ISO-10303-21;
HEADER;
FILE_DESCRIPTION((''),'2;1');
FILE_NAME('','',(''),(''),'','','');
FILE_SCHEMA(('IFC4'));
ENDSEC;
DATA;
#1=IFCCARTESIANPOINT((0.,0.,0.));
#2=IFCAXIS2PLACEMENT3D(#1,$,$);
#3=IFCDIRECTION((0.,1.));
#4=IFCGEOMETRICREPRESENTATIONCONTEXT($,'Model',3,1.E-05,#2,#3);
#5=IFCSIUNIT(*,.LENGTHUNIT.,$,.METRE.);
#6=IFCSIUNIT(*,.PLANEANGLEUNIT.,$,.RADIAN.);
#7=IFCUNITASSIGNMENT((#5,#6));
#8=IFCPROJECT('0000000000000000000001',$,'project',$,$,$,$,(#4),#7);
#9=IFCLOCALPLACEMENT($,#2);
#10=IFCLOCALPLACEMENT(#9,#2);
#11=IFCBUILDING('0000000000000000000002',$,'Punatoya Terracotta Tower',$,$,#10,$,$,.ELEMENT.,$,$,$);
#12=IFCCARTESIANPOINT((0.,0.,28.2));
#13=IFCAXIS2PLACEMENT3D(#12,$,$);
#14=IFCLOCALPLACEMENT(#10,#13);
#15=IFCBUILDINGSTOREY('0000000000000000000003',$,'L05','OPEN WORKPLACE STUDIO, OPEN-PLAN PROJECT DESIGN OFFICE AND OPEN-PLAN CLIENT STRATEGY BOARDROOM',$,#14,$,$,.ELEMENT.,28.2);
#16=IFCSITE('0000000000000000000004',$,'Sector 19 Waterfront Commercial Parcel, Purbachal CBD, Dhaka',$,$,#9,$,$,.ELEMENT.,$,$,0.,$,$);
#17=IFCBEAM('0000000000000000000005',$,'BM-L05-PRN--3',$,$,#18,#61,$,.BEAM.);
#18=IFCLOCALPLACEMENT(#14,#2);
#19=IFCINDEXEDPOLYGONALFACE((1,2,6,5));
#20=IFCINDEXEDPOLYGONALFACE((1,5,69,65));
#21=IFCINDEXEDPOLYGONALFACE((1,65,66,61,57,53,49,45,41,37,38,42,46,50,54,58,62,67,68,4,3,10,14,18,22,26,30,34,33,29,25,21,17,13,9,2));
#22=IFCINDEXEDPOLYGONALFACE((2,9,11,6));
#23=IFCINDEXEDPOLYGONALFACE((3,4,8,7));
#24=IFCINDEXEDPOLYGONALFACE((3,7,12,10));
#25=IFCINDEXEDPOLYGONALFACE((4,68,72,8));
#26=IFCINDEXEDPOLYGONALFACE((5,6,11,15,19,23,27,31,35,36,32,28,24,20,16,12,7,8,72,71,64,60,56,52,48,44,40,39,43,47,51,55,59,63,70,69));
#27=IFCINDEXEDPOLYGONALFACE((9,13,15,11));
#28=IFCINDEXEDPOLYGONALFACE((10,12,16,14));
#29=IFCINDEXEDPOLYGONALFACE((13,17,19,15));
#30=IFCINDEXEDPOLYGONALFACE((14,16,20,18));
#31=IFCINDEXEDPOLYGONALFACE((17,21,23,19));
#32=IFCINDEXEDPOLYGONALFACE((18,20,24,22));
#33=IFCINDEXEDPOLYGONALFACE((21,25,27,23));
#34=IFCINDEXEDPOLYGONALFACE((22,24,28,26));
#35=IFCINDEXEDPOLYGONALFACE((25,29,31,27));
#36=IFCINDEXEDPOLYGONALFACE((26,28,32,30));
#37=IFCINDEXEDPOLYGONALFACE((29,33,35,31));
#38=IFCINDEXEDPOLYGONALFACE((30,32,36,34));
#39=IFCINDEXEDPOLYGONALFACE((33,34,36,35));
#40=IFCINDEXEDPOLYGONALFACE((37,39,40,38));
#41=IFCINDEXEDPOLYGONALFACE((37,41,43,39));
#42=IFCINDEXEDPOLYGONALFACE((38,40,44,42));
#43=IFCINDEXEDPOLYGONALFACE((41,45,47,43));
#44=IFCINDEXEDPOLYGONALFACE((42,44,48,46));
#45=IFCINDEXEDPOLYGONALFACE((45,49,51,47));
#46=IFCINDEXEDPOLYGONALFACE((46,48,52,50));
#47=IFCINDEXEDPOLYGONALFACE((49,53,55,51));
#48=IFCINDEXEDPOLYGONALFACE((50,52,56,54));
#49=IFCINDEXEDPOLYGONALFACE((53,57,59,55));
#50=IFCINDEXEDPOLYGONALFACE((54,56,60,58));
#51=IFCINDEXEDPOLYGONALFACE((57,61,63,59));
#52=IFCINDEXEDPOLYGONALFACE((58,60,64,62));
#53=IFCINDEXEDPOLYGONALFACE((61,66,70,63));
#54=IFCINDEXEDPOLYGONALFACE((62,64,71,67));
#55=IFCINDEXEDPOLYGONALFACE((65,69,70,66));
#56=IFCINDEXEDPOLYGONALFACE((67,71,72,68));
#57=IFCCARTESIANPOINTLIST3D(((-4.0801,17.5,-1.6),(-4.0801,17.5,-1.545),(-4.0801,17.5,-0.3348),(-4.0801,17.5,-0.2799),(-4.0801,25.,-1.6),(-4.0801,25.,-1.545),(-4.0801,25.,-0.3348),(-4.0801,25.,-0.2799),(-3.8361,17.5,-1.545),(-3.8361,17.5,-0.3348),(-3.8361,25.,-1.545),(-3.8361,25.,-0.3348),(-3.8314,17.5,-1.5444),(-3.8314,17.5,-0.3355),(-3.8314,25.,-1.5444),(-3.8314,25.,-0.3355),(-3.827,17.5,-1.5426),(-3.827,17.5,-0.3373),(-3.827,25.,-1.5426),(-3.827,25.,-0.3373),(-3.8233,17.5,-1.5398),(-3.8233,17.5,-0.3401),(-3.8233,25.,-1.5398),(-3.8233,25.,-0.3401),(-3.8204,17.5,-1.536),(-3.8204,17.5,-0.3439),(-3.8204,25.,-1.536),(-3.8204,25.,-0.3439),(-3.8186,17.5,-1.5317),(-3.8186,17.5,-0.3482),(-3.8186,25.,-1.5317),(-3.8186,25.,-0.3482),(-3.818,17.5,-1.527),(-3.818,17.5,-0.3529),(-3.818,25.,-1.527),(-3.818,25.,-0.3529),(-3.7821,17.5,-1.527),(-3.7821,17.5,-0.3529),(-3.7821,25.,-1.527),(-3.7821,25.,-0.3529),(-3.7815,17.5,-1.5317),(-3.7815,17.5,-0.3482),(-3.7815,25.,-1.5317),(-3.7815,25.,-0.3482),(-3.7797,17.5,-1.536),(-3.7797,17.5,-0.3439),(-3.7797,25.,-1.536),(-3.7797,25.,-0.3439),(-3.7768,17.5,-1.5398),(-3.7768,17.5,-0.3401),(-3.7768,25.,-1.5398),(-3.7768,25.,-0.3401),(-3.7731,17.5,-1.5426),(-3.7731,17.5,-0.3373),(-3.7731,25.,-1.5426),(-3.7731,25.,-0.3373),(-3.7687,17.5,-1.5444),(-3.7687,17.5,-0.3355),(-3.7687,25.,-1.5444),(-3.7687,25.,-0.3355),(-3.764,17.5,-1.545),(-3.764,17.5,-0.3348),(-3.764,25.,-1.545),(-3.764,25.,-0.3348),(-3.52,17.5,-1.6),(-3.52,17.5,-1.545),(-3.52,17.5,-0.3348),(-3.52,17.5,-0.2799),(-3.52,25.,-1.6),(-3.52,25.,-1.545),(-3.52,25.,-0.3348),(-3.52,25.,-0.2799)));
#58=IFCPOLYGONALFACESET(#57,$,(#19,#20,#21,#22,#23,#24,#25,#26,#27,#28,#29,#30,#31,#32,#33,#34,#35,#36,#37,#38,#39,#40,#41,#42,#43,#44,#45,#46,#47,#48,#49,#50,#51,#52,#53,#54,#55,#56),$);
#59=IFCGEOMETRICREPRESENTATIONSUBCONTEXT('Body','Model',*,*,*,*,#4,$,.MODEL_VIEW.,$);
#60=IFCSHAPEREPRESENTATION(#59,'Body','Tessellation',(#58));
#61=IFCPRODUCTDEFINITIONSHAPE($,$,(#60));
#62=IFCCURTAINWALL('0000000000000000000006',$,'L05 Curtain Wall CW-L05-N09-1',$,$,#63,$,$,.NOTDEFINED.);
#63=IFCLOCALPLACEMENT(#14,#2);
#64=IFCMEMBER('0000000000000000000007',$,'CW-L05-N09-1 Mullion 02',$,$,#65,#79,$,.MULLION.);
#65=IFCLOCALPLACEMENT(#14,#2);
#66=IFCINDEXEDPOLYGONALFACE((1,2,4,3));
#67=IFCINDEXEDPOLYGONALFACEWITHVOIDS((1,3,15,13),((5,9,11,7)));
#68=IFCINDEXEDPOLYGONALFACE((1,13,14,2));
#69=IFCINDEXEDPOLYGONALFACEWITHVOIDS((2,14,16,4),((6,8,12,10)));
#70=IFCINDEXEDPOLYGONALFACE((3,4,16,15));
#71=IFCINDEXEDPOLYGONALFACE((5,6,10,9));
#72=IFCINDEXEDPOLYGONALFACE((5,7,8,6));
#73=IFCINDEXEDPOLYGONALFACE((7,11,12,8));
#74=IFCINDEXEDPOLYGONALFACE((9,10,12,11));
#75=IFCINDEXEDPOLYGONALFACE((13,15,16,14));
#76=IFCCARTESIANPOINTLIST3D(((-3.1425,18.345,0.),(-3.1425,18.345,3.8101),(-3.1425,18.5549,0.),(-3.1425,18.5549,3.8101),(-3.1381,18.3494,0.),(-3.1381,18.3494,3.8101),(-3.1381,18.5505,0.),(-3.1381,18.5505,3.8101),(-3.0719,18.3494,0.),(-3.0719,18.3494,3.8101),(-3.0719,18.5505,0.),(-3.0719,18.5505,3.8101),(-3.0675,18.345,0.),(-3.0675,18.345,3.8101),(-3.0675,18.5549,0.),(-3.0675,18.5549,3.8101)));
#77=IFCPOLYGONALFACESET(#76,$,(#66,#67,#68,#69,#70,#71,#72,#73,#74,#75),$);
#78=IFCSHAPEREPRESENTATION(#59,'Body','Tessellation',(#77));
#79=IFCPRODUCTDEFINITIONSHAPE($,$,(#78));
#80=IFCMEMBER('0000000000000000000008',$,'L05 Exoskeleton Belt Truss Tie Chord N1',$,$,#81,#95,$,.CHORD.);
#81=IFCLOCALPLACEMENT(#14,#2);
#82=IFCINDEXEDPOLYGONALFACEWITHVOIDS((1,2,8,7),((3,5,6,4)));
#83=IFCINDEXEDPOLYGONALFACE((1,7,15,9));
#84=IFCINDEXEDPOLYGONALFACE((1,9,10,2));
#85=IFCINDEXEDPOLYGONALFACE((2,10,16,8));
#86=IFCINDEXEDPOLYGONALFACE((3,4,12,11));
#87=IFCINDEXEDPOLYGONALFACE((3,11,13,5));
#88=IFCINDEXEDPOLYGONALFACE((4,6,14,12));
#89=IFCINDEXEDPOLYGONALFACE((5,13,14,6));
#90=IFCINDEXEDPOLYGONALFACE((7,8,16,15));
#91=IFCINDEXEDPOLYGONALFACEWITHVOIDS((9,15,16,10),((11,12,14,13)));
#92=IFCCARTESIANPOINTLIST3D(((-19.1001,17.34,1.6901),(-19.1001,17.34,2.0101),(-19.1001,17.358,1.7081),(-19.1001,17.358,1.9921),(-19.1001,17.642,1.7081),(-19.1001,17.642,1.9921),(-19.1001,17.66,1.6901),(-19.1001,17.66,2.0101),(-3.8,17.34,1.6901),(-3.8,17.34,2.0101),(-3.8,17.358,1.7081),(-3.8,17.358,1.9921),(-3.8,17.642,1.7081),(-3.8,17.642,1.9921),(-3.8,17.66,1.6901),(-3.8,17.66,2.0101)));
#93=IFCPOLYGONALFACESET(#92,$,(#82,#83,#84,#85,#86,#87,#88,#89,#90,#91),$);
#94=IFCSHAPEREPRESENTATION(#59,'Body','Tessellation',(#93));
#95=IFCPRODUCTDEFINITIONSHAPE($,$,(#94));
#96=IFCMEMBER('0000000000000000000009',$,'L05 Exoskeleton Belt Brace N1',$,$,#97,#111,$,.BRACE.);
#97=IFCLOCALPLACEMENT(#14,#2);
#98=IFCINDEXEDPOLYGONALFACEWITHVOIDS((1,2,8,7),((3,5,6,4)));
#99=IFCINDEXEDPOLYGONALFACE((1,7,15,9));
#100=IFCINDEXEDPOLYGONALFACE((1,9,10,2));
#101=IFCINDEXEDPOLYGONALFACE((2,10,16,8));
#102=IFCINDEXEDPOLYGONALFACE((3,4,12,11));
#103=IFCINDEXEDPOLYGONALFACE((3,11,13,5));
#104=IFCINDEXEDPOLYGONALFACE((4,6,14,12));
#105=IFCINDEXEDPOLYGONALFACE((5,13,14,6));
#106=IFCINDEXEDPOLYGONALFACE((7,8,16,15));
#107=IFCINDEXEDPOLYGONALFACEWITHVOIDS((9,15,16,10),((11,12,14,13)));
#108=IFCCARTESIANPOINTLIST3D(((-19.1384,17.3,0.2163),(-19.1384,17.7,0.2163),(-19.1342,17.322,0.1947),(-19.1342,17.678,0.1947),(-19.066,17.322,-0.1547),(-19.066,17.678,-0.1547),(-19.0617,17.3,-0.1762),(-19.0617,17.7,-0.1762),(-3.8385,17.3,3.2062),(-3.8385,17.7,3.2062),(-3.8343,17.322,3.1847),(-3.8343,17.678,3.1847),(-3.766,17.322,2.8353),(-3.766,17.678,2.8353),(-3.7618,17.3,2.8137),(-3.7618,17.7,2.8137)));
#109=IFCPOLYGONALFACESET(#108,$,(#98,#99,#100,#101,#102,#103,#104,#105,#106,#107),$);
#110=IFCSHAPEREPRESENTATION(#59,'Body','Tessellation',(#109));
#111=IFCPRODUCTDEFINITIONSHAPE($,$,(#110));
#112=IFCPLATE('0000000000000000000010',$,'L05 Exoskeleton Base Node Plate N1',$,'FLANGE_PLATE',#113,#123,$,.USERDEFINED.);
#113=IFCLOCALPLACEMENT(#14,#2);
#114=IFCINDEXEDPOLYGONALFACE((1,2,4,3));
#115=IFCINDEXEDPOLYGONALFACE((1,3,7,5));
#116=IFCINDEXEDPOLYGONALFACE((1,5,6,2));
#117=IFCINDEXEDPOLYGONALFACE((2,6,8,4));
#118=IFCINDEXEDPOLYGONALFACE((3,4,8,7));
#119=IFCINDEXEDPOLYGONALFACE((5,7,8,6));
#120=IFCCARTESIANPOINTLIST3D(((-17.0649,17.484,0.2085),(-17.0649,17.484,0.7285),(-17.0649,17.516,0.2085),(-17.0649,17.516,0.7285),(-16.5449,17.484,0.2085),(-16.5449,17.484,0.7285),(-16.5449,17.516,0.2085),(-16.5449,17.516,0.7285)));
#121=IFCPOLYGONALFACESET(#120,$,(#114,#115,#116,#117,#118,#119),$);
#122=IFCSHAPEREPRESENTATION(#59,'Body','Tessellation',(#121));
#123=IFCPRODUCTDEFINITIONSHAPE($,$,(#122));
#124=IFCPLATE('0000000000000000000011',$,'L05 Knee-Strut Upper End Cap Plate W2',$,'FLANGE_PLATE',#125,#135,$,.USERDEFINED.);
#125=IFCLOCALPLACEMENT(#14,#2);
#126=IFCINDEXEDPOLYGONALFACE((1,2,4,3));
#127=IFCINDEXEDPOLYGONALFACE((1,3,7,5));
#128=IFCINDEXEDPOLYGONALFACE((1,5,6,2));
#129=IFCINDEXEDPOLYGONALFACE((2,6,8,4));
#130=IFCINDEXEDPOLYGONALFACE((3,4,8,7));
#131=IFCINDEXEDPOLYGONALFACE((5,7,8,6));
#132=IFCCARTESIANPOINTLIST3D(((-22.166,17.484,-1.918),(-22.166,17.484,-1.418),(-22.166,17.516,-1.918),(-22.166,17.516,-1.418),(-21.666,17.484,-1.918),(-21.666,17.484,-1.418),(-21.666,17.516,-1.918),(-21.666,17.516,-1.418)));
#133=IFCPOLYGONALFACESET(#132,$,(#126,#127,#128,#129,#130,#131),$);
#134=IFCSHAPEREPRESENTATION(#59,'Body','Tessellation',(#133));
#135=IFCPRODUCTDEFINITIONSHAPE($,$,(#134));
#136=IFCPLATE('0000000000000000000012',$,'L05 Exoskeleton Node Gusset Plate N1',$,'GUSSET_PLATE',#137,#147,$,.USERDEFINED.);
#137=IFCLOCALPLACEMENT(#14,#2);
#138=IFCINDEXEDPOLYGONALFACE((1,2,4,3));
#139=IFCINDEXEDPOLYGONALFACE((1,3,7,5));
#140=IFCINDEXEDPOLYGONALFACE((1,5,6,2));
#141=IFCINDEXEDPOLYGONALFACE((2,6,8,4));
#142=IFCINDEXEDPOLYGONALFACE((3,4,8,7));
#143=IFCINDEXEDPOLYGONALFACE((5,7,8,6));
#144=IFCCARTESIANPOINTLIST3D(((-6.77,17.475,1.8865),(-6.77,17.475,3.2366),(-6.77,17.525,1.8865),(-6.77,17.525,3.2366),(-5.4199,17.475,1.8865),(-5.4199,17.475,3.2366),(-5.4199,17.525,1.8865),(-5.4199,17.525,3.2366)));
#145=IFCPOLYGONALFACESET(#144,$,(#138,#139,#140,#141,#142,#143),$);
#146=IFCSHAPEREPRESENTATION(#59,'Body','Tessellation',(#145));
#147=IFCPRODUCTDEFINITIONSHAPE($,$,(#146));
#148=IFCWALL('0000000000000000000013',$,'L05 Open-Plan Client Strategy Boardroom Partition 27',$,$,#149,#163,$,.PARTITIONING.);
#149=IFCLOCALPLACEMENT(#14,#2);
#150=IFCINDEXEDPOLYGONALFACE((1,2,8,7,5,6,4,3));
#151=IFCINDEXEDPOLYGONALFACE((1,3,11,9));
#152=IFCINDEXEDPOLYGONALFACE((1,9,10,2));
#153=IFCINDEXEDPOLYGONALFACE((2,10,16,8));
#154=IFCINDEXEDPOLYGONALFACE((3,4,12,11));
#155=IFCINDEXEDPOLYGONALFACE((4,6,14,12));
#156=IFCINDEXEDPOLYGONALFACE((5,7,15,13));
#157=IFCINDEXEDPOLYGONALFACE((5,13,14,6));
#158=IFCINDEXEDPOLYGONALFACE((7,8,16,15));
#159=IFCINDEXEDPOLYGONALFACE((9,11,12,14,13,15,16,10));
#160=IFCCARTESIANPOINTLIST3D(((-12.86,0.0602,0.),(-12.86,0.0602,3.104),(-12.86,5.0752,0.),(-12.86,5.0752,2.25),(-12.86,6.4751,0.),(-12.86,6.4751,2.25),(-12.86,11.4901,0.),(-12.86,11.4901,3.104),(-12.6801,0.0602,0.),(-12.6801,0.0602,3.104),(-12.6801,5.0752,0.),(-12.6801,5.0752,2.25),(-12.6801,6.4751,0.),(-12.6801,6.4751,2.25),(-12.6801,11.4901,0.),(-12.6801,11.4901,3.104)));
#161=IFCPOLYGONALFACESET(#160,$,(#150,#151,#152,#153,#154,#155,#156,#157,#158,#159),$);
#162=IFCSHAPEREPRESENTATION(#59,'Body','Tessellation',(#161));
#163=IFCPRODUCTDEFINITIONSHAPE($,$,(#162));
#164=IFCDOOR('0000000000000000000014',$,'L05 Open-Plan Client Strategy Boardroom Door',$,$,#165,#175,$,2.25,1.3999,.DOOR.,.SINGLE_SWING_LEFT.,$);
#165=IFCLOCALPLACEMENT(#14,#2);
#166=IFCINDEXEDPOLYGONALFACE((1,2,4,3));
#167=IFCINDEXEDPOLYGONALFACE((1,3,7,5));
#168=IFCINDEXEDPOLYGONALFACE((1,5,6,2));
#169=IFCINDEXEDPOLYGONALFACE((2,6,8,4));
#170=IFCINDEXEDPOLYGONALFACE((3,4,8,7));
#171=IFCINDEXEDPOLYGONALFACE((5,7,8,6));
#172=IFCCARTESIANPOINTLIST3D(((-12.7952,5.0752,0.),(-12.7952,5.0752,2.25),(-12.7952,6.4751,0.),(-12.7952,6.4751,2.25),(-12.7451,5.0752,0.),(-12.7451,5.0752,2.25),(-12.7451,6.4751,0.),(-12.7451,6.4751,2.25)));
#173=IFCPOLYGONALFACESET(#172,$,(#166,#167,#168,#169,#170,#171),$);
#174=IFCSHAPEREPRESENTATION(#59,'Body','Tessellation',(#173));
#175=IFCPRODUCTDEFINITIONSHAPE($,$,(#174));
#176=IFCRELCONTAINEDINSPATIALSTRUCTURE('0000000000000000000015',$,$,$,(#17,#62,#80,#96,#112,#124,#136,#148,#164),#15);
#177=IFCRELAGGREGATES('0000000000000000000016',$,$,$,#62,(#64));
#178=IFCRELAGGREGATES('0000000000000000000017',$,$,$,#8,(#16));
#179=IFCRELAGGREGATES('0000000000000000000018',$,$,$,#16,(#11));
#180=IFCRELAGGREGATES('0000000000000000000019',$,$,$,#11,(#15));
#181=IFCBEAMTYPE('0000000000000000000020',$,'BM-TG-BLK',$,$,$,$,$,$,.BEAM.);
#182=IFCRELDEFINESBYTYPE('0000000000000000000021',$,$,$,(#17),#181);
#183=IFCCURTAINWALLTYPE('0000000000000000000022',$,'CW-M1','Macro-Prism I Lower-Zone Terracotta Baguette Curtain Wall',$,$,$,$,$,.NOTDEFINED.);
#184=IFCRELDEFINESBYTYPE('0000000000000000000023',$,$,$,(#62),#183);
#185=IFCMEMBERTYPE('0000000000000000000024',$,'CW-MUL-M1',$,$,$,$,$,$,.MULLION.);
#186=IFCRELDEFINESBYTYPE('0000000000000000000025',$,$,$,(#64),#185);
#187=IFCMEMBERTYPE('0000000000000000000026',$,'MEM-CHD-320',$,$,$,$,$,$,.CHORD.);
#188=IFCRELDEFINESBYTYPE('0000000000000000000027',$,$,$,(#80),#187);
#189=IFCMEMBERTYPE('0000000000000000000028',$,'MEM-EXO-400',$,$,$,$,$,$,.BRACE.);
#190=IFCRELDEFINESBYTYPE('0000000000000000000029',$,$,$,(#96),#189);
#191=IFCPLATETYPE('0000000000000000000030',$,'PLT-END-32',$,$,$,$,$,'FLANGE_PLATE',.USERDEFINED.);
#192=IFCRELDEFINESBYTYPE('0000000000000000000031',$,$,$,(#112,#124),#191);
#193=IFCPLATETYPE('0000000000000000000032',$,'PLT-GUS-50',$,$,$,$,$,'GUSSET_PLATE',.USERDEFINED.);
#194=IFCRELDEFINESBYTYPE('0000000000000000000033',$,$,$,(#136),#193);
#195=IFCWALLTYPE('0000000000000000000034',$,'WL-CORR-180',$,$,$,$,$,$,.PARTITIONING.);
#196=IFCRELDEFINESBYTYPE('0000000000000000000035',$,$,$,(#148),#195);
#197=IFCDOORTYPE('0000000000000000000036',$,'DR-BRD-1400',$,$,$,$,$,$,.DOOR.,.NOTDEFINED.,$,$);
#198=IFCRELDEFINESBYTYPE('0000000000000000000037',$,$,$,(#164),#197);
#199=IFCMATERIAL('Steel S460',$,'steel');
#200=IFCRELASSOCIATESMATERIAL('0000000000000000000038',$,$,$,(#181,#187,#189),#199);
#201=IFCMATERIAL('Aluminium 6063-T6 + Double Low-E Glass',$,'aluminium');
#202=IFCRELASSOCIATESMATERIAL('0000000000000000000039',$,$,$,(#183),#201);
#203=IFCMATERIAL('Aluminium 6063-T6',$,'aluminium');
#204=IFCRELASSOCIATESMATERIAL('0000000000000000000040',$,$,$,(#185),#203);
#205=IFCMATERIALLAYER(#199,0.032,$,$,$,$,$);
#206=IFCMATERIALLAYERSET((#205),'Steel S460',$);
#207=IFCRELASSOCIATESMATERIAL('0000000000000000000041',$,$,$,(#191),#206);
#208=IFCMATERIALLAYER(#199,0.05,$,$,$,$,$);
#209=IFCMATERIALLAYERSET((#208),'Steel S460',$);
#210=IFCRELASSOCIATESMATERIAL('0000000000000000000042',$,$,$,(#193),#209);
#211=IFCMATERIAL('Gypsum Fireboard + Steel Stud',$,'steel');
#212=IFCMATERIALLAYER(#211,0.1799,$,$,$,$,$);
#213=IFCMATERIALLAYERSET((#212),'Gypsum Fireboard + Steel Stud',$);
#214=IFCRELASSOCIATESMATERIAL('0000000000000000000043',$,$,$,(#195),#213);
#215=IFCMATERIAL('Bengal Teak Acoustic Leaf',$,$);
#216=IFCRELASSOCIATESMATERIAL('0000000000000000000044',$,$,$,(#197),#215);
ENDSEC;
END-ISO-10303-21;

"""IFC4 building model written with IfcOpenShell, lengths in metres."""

from ifc_helpers import new_model, si_unit, direction, frame, frame_2d, origin, origin_2d, place, context, subcontext, project, spatial, rectangle, hollow_rectangle, i_section, extrude, material, layer, layer_set, material_profile, profile_set, type_object, element, fill, aggregate, save


model = new_model("IFC4")

# Units and contexts
model_context = context("Model", 3, precision=1e-05, world=origin(), true_north=direction((0.0, 1.0)))
body_context = subcontext(model_context, "Body", "Model", "MODEL_VIEW")
ifc_project = project(units=[si_unit("LENGTHUNIT", "METRE"), si_unit("PLANEANGLEUNIT", "RADIAN")], contexts=[model_context])

# Site, building, storey
site_placement = place(None, origin())
site = spatial("IfcSite", under=ifc_project, at=site_placement, Name="Sector 19 Waterfront Commercial Parcel, Purbachal CBD, Dhaka", CompositionType="ELEMENT", RefElevation=0.0)
building_placement = place(site_placement, origin())
building = spatial("IfcBuilding", under=site, at=building_placement, Name="Punatoya Terracotta Tower", CompositionType="ELEMENT")
storey_placement = place(building_placement, frame((0.0, 0.0, 28.2)))
storey = spatial("IfcBuildingStorey", under=building, at=storey_placement, Name="L05", Description="OPEN WORKPLACE STUDIO, OPEN-PLAN PROJECT DESIGN OFFICE AND OPEN-PLAN CLIENT STRATEGY BOARDROOM", CompositionType="ELEMENT", Elevation=28.2)

# Shared definitions
ifc_material_1 = material(Name="Steel S460", Category="steel")

# Beam
ifc_material_profile_1 = material_profile(ifc_material_1, i_section(OverallWidth=0.5601, OverallDepth=1.3201, WebThickness=0.0359, FlangeThickness=0.0549, FilletRadius=0.0181, at=origin_2d()))
ifc_profile_set_1 = profile_set([ifc_material_profile_1], Name="Steel S460")
beam_type_1 = type_object("IfcBeamType", Name="BM-TG-BLK", PredefinedType="BEAM", material=ifc_profile_set_1)
for number, where, z_axis, x_axis, name in (
    (1, (-3.8, 17.5, -0.9399), (0.0, 1.0, 0.0), (-1.0, 0.0, 0.0), "BM-L05-PRN--3"),
):
    element("IfcBeam", number, at=place(storey_placement, frame(where, z_axis=z_axis, x_axis=x_axis)), inside=storey, type_object=beam_type_1, Name=name, PredefinedType="BEAM", context=body_context, shape_type="SweptSolid", body=[
        extrude(i_section(OverallWidth=0.5601, OverallDepth=1.3201, WebThickness=0.0359, FlangeThickness=0.0549, FilletRadius=0.0181, at=origin_2d()), origin(), (0.0, 0.0, 1.0), 7.5),
    ])

# Curtain wall, member
ifc_material_2 = material(Name="Aluminium 6063-T6 + Double Low-E Glass", Category="aluminium")
curtain_wall_type = type_object("IfcCurtainWallType", Name="CW-M1", Description="Macro-Prism I Lower-Zone Terracotta Baguette Curtain Wall", PredefinedType="NOTDEFINED", material=ifc_material_2)
curtain_wall_placement = place(storey_placement, origin())
curtain_wall = element("IfcCurtainWall", 2, at=curtain_wall_placement, inside=storey, type_object=curtain_wall_type, Name="L05 Curtain Wall CW-L05-N09-1", PredefinedType="NOTDEFINED")
ifc_material_3 = material(Name="Aluminium 6063-T6", Category="aluminium")
ifc_material_profile_2 = material_profile(ifc_material_3, hollow_rectangle(XDim=0.075, YDim=0.21, WallThickness=0.0044, at=origin_2d()))
ifc_profile_set_2 = profile_set([ifc_material_profile_2], Name="Aluminium 6063-T6")
member_type_1 = type_object("IfcMemberType", Name="CW-MUL-M1", PredefinedType="MULLION", material=ifc_profile_set_2)
member_1_placement = place(storey_placement, frame((-3.105, 18.45, 0.0), z_axis=(0.0, 0.0, 1.0), x_axis=(1.0, 0.0, 0.0)))
member_1 = element("IfcMember", 3, at=member_1_placement, type_object=member_type_1, Name="CW-L05-N09-1 Mullion 02", PredefinedType="MULLION", context=body_context, shape_type="SweptSolid", body=[
    extrude(hollow_rectangle(XDim=0.075, YDim=0.21, WallThickness=0.0044, at=origin_2d()), origin(), (0.0, 0.0, 1.0), 3.8101),
])
aggregate(curtain_wall, [member_1])

# Members
ifc_material_profile_3 = material_profile(ifc_material_1, hollow_rectangle(XDim=0.3201, YDim=0.3201, WallThickness=0.0181, at=origin_2d()))
ifc_profile_set_3 = profile_set([ifc_material_profile_3], Name="Steel S460")
member_type_2 = type_object("IfcMemberType", Name="MEM-CHD-320", PredefinedType="CHORD", material=ifc_profile_set_3)
member_2_placement = place(storey_placement, frame((-19.1001, 17.5, 1.8501), z_axis=(1.0, 0.0, 0.0), x_axis=(0.0, 1.0, 0.0)))
element("IfcMember", 4, at=member_2_placement, inside=storey, type_object=member_type_2, Name="L05 Exoskeleton Belt Truss Tie Chord N1", PredefinedType="CHORD", context=body_context, shape_type="SweptSolid", body=[
    extrude(hollow_rectangle(XDim=0.3201, YDim=0.3201, WallThickness=0.0181, at=origin_2d()), origin(), (0.0, 0.0, 1.0), 15.3),
])
ifc_material_profile_4 = material_profile(ifc_material_1, hollow_rectangle(XDim=0.3999, YDim=0.3999, WallThickness=0.022, at=origin_2d()))
ifc_profile_set_4 = profile_set([ifc_material_profile_4], Name="Steel S460")
member_type_3 = type_object("IfcMemberType", Name="MEM-EXO-400", PredefinedType="BRACE", material=ifc_profile_set_4)
member_3_placement = place(storey_placement, frame((-19.1001, 17.5, 0.02), z_axis=(0.981435, 0.0, 0.191796), x_axis=(0.0, 1.0, 0.0)))
element("IfcMember", 5, at=member_3_placement, inside=storey, type_object=member_type_3, Name="L05 Exoskeleton Belt Brace N1", PredefinedType="BRACE", context=body_context, shape_type="SweptSolid", body=[
    extrude(hollow_rectangle(XDim=0.3999, YDim=0.3999, WallThickness=0.022, at=origin_2d()), origin(), (0.0, 0.0, 1.0), 15.5894),
])

# Plates
ifc_layer_1 = layer(ifc_material_1, 0.032)
ifc_layer_set_1 = layer_set([ifc_layer_1], Name="Steel S460")
plate_type_1 = type_object("IfcPlateType", Name="PLT-END-32", ElementType="FLANGE_PLATE", PredefinedType="USERDEFINED", material=ifc_layer_set_1)
plate_1_placement = place(storey_placement, frame((-16.8049, 17.5, 0.2085), z_axis=(0.0, 0.0, 1.0), x_axis=(1.0, 0.0, 0.0)))
element("IfcPlate", 6, at=plate_1_placement, inside=storey, type_object=plate_type_1, Name="L05 Exoskeleton Base Node Plate N1", ObjectType="FLANGE_PLATE", PredefinedType="USERDEFINED", context=body_context, shape_type="SweptSolid", body=[
    extrude(rectangle(XDim=0.52, YDim=0.032, at=origin_2d()), origin(), (0.0, 0.0, 1.0), 0.52),
])
plate_2_placement = place(storey_placement, frame((-21.916, 17.5, -1.918), z_axis=(0.0, 0.0, 1.0), x_axis=(1.0, 0.0, 0.0)))
element("IfcPlate", 7, at=plate_2_placement, inside=storey, type_object=plate_type_1, Name="L05 Knee-Strut Upper End Cap Plate W2", ObjectType="FLANGE_PLATE", PredefinedType="USERDEFINED", context=body_context, shape_type="SweptSolid", body=[
    extrude(rectangle(XDim=0.5, YDim=0.032, at=origin_2d()), origin(), (0.0, 0.0, 1.0), 0.5),
])
ifc_layer_2 = layer(ifc_material_1, 0.05)
ifc_layer_set_2 = layer_set([ifc_layer_2], Name="Steel S460")
plate_type_2 = type_object("IfcPlateType", Name="PLT-GUS-50", ElementType="GUSSET_PLATE", PredefinedType="USERDEFINED", material=ifc_layer_set_2)
plate_3_placement = place(storey_placement, frame((-6.095, 17.5, 1.8865), z_axis=(0.0, 0.0, 1.0), x_axis=(1.0, 0.0, 0.0)))
element("IfcPlate", 8, at=plate_3_placement, inside=storey, type_object=plate_type_2, Name="L05 Exoskeleton Node Gusset Plate N1", ObjectType="GUSSET_PLATE", PredefinedType="USERDEFINED", context=body_context, shape_type="SweptSolid", body=[
    extrude(rectangle(XDim=1.3501, YDim=0.05, at=origin_2d()), origin(), (0.0, 0.0, 1.0), 1.3501),
])

# Wall, opening, door
ifc_material_4 = material(Name="Gypsum Fireboard + Steel Stud", Category="steel")
ifc_layer_3 = layer(ifc_material_4, 0.1799)
ifc_layer_set_3 = layer_set([ifc_layer_3], Name="Gypsum Fireboard + Steel Stud")
wall_type_1 = type_object("IfcWallType", Name="WL-CORR-180", PredefinedType="PARTITIONING", material=ifc_layer_set_3)
wall_1_placement = place(storey_placement, frame((-12.77, 11.49, 0.0), z_axis=(0.0, 0.0, 1.0), x_axis=(0.0, -1.0, 0.0)))
wall_1 = element("IfcWall", 9, at=wall_1_placement, inside=storey, type_object=wall_type_1, Name="L05 Open-Plan Client Strategy Boardroom Partition 27", PredefinedType="PARTITIONING", context=body_context, shape_type="SweptSolid", body=[
    extrude(rectangle(XDim=11.4299, YDim=0.1799, at=frame_2d((5.7148, 0.0))), origin(), (0.0, 0.0, 1.0), 3.104),
])
opening_1_placement = place(wall_1_placement, frame((5.0149, 0.0, 0.0)))
opening_1 = element("IfcOpeningElement", 10, at=opening_1_placement, cuts=wall_1, PredefinedType="OPENING", context=body_context, shape_type="SweptSolid", body=[
    extrude(rectangle(XDim=1.3999, YDim=2.25, at=frame_2d((0.7, 1.125))), frame((0.0, 0.0999, 0.0), z_axis=(0.0, -1.0, 0.0), x_axis=(1.0, 0.0, 0.0)), (0.0, 0.0, 1.0), 0.2),
])
ifc_material_5 = material(Name="Bengal Teak Acoustic Leaf")
door_type_1 = type_object("IfcDoorType", Name="DR-BRD-1400", OperationType="NOTDEFINED", PredefinedType="DOOR", material=ifc_material_5)
door_1_placement = place(opening_1_placement, origin())
door_1 = element("IfcDoor", 11, at=door_1_placement, inside=storey, type_object=door_type_1, Name="L05 Open-Plan Client Strategy Boardroom Door", OperationType="SINGLE_SWING_LEFT", OverallHeight=2.25, OverallWidth=1.3999, PredefinedType="DOOR", context=body_context, shape_type="SweptSolid", body=[
    extrude(rectangle(XDim=1.3999, YDim=2.25, at=frame_2d((0.7, 1.125))), frame((0.0, 0.0249, 0.0), z_axis=(0.0, -1.0, 0.0), x_axis=(1.0, 0.0, 0.0)), (0.0, 0.0, 1.0), 0.05),
])
fill(opening_1, door_1)

save(model, "model.ifc")
